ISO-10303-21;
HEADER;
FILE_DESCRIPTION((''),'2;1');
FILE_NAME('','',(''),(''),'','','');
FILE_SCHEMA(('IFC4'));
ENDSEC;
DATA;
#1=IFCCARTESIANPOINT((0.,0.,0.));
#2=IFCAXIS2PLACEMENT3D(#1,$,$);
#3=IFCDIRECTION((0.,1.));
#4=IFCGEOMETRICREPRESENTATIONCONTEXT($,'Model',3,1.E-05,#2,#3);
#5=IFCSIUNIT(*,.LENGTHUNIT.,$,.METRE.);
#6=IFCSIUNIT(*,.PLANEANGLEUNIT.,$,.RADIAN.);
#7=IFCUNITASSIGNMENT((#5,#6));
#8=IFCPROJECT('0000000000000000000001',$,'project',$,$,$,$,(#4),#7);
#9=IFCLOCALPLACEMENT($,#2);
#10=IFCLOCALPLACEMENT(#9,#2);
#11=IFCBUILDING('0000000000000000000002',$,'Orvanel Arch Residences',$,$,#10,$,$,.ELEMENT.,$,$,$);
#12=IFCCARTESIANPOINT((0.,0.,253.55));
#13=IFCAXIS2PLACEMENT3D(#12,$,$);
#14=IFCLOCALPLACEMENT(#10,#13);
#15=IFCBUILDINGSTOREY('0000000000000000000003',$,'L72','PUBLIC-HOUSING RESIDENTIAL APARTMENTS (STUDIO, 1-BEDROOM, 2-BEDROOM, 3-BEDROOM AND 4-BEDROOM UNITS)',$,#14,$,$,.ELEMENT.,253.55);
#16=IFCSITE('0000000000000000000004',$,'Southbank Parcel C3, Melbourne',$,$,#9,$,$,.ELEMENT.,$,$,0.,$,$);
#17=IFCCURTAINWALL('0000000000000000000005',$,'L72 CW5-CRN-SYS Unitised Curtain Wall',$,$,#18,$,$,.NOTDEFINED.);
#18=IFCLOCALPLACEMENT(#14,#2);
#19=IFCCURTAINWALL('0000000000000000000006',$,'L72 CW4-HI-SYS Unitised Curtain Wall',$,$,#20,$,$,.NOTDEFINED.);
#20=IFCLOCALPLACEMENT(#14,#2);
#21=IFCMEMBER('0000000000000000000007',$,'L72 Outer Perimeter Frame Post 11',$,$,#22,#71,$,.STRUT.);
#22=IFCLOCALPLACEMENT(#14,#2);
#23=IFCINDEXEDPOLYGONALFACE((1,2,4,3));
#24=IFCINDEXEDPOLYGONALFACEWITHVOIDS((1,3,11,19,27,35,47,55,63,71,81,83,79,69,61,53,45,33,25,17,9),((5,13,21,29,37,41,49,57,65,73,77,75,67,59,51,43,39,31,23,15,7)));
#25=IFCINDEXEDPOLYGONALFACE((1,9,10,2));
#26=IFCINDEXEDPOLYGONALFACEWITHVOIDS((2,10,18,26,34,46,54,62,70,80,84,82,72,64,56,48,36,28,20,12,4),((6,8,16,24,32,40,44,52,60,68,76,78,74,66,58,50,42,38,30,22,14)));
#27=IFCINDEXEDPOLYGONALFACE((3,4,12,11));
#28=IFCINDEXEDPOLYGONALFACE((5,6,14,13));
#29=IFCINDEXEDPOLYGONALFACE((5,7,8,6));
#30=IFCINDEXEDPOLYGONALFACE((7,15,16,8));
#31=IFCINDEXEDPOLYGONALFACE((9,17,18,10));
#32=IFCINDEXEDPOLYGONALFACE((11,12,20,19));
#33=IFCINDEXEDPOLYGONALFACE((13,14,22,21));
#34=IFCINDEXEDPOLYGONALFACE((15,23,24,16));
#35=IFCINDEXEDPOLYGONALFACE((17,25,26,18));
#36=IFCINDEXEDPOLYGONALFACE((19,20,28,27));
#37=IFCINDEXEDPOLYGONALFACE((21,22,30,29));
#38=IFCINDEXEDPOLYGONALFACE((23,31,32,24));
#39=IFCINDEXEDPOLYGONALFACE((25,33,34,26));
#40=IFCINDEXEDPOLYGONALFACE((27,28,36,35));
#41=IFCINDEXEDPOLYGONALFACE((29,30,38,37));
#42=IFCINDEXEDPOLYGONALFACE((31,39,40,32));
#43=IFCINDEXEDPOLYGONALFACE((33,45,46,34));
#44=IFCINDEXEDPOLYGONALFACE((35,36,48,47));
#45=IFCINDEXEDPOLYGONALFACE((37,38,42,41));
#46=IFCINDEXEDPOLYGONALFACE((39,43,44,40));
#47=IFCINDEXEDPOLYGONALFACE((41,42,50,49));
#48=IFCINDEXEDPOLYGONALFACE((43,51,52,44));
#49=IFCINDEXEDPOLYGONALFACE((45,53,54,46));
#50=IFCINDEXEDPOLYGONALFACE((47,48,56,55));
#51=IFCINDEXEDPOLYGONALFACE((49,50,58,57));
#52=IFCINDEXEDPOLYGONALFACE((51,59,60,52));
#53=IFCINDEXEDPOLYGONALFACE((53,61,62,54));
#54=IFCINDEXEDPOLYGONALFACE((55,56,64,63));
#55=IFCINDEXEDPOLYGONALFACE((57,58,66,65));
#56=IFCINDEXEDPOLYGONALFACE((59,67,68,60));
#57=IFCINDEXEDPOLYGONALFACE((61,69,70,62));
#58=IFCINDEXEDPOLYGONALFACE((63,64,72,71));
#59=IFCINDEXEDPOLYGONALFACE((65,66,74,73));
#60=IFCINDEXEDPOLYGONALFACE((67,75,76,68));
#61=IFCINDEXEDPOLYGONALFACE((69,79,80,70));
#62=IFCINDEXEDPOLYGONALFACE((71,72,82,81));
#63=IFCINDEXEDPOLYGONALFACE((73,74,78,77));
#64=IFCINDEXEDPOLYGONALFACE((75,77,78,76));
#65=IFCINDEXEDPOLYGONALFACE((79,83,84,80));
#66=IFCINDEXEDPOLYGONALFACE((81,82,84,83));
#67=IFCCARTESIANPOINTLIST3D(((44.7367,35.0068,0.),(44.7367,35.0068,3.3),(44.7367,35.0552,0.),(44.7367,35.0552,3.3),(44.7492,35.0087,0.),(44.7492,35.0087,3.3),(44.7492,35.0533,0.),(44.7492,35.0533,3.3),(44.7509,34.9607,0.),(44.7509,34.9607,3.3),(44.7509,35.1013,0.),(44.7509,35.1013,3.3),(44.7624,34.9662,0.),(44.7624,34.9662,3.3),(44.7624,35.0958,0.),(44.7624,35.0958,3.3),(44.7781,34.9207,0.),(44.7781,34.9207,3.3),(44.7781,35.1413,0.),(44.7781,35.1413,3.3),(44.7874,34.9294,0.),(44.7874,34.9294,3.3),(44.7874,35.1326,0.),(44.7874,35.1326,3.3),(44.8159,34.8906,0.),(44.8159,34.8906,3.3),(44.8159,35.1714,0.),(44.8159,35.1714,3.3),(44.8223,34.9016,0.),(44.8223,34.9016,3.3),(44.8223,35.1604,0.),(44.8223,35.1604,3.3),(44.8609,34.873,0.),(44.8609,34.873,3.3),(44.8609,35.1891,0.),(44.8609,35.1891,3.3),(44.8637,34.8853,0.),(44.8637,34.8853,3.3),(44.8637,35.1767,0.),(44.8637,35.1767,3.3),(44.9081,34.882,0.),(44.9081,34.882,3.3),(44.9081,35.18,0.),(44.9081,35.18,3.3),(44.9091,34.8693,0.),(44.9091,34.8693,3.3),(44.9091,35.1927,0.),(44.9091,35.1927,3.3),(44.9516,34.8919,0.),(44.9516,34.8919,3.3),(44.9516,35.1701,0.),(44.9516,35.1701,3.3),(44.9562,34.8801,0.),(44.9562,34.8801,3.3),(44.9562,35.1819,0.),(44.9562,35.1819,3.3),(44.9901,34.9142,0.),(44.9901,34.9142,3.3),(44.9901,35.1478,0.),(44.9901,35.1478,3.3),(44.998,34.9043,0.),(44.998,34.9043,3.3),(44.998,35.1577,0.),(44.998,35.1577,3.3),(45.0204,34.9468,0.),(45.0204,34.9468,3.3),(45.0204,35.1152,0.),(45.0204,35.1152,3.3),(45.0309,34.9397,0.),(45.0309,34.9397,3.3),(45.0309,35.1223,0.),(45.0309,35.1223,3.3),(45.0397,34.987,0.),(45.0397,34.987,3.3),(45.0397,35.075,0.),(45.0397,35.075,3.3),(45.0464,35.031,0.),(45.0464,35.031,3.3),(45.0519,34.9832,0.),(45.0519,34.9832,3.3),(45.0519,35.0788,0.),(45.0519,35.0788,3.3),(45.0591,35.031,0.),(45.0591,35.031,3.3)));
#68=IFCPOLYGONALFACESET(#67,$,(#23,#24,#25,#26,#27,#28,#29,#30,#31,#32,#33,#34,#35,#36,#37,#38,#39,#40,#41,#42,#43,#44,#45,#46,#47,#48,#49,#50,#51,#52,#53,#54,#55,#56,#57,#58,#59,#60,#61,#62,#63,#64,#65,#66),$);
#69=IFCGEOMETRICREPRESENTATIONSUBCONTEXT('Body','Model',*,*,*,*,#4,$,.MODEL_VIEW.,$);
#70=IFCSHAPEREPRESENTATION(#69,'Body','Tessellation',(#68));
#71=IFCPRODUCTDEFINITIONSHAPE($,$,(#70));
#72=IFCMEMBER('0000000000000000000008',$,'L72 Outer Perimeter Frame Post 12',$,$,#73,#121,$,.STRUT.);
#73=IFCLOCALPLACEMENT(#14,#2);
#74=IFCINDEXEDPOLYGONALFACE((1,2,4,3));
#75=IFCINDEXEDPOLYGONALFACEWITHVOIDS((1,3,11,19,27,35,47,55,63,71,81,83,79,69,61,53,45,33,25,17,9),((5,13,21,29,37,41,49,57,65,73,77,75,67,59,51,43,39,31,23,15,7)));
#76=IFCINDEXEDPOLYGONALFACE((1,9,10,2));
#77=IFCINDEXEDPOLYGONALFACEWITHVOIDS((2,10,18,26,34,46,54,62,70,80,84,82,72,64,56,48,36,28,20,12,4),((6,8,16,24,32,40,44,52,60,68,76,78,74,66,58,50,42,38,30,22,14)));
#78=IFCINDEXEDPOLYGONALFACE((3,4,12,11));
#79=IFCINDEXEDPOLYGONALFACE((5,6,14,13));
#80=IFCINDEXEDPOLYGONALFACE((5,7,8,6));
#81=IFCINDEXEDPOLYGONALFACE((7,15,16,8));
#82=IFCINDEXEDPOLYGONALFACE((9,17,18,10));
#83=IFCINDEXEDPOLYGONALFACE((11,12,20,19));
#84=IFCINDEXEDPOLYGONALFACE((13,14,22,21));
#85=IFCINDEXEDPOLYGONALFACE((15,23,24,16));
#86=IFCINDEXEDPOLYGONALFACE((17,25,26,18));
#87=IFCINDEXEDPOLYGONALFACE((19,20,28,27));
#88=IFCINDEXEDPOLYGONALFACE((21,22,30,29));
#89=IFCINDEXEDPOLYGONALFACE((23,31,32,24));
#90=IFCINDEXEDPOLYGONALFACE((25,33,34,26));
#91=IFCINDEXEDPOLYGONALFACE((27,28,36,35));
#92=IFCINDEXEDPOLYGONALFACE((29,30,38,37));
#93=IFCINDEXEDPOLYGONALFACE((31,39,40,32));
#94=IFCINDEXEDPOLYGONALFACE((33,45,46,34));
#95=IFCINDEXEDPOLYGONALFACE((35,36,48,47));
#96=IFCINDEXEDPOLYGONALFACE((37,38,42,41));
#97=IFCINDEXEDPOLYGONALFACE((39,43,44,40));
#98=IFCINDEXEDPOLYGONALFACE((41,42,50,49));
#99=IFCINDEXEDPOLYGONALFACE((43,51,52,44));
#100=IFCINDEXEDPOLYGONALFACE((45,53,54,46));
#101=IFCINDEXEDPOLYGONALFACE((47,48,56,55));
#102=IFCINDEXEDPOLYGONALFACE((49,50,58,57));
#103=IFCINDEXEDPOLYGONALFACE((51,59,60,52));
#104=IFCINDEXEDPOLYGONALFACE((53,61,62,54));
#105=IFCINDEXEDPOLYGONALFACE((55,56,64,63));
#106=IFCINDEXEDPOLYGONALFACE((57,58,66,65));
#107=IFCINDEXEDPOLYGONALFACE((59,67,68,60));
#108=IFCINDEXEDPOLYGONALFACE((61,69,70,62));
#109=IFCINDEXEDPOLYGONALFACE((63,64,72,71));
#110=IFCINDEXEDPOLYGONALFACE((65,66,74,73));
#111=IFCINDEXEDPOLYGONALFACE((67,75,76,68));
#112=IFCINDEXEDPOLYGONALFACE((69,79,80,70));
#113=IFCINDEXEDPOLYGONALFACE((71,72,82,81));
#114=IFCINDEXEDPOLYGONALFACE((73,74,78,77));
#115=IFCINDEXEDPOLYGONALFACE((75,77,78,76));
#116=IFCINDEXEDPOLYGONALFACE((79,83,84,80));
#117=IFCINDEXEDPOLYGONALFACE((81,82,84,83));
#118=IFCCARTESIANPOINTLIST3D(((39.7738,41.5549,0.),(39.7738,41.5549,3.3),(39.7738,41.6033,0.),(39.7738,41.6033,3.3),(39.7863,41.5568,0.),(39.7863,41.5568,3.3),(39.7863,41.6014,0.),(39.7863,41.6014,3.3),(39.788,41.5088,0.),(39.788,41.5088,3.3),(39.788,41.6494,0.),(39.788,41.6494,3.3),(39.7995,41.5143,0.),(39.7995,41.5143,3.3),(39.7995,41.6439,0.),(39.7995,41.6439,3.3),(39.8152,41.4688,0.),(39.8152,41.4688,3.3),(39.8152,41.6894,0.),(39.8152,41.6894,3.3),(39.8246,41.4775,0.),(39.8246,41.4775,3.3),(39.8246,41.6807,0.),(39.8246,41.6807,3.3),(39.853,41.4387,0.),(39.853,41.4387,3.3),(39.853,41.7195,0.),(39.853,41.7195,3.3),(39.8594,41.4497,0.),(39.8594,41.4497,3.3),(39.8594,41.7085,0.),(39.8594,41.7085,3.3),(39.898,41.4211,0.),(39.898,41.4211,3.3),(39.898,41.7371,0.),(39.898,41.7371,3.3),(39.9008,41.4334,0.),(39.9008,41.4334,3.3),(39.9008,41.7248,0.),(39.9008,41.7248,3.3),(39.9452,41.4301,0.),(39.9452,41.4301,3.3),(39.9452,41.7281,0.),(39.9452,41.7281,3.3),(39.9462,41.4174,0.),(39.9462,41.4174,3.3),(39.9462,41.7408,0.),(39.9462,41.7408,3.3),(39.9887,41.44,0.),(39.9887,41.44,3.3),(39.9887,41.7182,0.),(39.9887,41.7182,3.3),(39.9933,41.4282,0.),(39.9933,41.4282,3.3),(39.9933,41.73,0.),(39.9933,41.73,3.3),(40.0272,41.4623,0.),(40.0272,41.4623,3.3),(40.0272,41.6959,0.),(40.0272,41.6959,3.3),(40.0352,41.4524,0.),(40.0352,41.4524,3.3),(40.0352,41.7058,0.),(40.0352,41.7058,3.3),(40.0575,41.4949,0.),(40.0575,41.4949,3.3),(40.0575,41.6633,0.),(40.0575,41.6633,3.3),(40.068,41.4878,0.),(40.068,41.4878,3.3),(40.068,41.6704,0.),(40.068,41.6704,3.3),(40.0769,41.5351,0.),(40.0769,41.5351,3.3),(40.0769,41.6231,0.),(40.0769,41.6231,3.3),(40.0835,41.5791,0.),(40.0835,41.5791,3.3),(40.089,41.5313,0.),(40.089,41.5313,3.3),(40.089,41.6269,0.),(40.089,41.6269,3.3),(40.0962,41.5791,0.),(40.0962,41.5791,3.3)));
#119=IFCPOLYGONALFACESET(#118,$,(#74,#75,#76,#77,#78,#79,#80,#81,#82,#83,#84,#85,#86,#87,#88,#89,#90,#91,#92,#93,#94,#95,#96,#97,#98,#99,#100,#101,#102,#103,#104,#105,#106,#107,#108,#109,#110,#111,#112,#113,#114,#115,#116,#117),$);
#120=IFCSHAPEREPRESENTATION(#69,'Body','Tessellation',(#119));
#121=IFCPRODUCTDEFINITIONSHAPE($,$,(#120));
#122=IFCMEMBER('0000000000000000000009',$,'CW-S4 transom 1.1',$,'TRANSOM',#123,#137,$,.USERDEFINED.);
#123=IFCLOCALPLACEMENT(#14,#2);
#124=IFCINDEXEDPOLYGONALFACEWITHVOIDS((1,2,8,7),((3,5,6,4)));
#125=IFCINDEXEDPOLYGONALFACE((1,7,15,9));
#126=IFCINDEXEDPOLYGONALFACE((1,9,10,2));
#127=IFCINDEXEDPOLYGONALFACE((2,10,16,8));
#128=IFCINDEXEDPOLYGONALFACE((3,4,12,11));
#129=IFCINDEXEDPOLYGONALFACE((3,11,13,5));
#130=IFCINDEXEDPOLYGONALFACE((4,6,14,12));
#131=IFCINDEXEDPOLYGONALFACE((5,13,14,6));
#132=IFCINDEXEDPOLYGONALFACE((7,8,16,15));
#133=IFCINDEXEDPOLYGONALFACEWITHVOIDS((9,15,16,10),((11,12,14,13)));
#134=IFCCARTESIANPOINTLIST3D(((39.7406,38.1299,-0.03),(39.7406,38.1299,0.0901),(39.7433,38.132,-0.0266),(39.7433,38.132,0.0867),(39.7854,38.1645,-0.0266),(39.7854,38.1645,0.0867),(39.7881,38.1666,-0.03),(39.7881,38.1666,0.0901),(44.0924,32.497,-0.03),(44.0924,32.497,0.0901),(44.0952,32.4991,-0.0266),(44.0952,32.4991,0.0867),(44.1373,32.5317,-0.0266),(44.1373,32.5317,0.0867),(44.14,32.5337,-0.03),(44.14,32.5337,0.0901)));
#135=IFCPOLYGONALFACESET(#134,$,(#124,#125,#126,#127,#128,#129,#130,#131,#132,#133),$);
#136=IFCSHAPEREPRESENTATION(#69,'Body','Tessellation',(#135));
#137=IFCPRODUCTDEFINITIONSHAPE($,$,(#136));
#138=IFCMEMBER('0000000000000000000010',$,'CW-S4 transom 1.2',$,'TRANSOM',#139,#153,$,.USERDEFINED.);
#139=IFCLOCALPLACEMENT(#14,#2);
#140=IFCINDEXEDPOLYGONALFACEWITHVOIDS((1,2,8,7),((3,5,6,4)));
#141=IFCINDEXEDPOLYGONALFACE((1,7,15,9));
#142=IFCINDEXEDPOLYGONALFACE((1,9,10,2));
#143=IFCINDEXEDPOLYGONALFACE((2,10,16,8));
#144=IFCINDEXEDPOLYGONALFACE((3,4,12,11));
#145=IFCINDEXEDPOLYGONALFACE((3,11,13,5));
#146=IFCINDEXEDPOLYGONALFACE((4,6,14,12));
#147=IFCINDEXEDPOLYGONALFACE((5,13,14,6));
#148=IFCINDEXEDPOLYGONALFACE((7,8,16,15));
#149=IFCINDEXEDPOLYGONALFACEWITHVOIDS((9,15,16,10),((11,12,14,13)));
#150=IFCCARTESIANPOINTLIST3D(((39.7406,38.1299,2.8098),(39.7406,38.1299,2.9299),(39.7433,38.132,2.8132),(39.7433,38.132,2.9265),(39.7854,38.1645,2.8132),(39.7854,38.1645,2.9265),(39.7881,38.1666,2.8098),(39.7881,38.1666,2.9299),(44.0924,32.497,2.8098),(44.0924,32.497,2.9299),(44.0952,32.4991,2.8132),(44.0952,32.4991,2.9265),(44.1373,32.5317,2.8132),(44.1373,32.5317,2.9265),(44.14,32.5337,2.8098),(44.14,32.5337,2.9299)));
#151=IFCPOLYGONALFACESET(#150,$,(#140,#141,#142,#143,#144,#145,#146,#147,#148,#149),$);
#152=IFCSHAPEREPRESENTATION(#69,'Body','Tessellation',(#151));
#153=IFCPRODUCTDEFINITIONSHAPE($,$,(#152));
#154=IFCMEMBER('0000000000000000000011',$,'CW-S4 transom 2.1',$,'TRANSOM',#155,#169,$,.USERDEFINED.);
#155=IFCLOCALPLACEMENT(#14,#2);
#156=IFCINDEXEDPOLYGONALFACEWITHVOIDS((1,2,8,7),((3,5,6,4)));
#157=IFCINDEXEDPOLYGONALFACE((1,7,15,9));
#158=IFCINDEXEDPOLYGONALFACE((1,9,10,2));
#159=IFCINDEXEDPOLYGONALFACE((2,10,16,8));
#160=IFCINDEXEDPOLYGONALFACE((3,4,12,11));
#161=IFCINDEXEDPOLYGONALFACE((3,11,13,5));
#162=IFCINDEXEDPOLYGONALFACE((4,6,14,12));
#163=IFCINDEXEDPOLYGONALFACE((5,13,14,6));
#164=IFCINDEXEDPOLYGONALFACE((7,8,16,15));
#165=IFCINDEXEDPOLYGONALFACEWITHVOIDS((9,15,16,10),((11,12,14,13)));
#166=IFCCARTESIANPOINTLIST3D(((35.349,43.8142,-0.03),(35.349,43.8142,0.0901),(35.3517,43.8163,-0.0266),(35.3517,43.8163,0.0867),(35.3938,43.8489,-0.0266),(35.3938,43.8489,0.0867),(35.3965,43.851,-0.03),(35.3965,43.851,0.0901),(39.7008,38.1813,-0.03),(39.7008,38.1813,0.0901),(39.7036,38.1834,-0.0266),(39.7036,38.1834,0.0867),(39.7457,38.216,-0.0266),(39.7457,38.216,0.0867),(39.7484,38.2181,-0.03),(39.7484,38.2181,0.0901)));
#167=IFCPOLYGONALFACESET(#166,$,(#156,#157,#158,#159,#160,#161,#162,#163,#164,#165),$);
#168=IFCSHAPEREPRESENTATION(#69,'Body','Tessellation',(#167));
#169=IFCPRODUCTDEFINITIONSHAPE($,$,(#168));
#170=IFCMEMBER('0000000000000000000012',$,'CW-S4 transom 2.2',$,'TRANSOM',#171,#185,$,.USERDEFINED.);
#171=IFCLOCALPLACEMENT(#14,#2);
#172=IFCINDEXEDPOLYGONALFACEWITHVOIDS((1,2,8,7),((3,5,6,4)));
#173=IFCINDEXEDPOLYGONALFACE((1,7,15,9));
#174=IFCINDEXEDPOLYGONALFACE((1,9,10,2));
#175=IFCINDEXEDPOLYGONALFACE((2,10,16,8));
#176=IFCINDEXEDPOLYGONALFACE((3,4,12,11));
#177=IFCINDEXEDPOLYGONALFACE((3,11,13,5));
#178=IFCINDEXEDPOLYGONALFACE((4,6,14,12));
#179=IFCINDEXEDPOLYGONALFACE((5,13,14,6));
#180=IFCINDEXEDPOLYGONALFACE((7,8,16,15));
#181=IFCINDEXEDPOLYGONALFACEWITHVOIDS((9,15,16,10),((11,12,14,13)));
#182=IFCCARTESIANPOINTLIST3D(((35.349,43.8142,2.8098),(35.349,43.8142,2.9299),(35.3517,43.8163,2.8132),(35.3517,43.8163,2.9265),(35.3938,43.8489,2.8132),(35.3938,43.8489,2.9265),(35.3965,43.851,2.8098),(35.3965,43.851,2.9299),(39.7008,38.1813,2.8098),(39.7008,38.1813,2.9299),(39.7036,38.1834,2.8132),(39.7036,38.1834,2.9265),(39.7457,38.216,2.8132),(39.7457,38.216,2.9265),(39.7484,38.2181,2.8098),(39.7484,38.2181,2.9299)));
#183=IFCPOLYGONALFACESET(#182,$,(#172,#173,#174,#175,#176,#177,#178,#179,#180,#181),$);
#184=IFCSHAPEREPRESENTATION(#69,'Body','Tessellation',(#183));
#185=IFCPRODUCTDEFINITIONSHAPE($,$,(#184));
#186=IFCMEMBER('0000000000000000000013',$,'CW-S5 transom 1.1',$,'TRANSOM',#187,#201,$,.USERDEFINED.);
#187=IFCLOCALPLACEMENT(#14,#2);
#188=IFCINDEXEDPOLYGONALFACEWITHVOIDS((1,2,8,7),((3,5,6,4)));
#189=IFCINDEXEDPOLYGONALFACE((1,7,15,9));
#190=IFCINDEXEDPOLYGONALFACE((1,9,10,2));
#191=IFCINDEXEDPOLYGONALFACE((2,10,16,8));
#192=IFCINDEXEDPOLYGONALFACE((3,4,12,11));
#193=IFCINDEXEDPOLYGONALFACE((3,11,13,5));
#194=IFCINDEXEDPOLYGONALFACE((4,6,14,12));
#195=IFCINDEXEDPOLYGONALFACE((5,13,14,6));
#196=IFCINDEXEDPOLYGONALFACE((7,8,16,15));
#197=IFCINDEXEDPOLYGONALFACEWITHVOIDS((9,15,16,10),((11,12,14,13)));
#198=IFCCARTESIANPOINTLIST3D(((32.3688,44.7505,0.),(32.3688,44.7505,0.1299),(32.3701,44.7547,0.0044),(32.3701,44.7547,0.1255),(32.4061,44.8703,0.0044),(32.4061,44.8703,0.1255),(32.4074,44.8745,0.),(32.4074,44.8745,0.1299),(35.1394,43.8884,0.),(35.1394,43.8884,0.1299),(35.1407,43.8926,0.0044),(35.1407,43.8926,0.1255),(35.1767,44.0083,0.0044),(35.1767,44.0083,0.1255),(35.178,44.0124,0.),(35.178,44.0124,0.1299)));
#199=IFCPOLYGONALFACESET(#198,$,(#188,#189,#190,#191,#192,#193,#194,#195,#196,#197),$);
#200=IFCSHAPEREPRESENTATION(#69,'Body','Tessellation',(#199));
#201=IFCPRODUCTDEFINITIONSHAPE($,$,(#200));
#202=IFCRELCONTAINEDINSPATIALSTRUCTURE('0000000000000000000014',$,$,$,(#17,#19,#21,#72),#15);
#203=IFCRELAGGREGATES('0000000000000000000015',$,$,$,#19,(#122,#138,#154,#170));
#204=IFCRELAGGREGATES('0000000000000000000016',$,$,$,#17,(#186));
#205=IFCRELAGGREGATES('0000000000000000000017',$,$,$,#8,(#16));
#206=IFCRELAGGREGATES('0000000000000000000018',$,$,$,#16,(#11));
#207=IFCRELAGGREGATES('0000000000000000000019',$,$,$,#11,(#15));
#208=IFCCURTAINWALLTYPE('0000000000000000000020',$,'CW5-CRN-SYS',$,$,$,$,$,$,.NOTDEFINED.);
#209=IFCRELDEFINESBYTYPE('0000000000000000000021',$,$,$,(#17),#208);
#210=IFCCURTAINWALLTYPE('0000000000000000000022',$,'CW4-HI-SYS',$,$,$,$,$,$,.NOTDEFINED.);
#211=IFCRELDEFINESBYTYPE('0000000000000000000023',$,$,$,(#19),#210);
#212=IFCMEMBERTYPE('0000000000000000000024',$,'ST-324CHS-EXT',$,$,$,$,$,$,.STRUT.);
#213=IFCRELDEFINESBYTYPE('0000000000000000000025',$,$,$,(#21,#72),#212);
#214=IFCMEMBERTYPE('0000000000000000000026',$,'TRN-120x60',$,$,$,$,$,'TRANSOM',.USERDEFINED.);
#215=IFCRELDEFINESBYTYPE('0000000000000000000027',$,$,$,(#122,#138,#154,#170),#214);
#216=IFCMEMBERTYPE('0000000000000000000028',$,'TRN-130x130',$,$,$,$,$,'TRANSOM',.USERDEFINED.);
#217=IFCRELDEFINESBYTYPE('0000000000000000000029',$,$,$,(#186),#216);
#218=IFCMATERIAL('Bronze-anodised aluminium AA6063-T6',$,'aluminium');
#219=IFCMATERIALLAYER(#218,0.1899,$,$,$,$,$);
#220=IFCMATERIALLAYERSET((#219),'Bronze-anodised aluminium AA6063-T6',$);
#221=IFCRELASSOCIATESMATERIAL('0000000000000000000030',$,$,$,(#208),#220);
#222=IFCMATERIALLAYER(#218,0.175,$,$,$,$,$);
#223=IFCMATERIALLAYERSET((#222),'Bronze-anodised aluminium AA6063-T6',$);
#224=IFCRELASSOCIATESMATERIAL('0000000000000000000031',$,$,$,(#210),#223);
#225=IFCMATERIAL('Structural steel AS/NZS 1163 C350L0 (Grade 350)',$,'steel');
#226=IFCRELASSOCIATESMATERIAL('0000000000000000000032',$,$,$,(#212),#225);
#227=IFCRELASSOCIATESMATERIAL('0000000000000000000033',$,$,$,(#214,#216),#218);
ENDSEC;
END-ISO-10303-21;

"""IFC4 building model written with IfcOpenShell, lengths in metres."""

from ifc_helpers import new_model, si_unit, direction, frame, origin, origin_2d, place, context, subcontext, project, spatial, hollow_rectangle, hollow_circle, extrude, material, layer, layer_set, material_profile, profile_set, type_object, element, aggregate, save


model = new_model("IFC4")

# Units and contexts
model_context = context("Model", 3, precision=1e-05, world=origin(), true_north=direction((0.0, 1.0)))
body_context = subcontext(model_context, "Body", "Model", "MODEL_VIEW")
ifc_project = project(units=[si_unit("LENGTHUNIT", "METRE"), si_unit("PLANEANGLEUNIT", "RADIAN")], contexts=[model_context])

# Site, building, storey
site_placement = place(None, origin())
site = spatial("IfcSite", under=ifc_project, at=site_placement, Name="Southbank Parcel C3, Melbourne", CompositionType="ELEMENT", RefElevation=0.0)
building_placement = place(site_placement, origin())
building = spatial("IfcBuilding", under=site, at=building_placement, Name="Orvanel Arch Residences", CompositionType="ELEMENT")
storey_placement = place(building_placement, frame((0.0, 0.0, 253.55)))
storey = spatial("IfcBuildingStorey", under=building, at=storey_placement, Name="L72", Description="PUBLIC-HOUSING RESIDENTIAL APARTMENTS (STUDIO, 1-BEDROOM, 2-BEDROOM, 3-BEDROOM AND 4-BEDROOM UNITS)", CompositionType="ELEMENT", Elevation=253.55)

# Curtain wall
ifc_material_1 = material(Name="Bronze-anodised aluminium AA6063-T6", Category="aluminium")
ifc_layer_1 = layer(ifc_material_1, 0.1899)
ifc_layer_set_1 = layer_set([ifc_layer_1], Name="Bronze-anodised aluminium AA6063-T6")
curtain_wall_type_1 = type_object("IfcCurtainWallType", Name="CW5-CRN-SYS", PredefinedType="NOTDEFINED", material=ifc_layer_set_1)
curtain_wall_1_placement = place(storey_placement, origin())
curtain_wall_1 = element("IfcCurtainWall", 1, at=curtain_wall_1_placement, inside=storey, type_object=curtain_wall_type_1, Name="L72 CW5-CRN-SYS Unitised Curtain Wall", PredefinedType="NOTDEFINED")

# Curtain wall
ifc_layer_2 = layer(ifc_material_1, 0.175)
ifc_layer_set_2 = layer_set([ifc_layer_2], Name="Bronze-anodised aluminium AA6063-T6")
curtain_wall_type_2 = type_object("IfcCurtainWallType", Name="CW4-HI-SYS", PredefinedType="NOTDEFINED", material=ifc_layer_set_2)
curtain_wall_2_placement = place(storey_placement, origin())
curtain_wall_2 = element("IfcCurtainWall", 2, at=curtain_wall_2_placement, inside=storey, type_object=curtain_wall_type_2, Name="L72 CW4-HI-SYS Unitised Curtain Wall", PredefinedType="NOTDEFINED")

# Members
ifc_material_2 = material(Name="Structural steel AS/NZS 1163 C350L0 (Grade 350)", Category="steel")
ifc_material_profile_1 = material_profile(ifc_material_2, hollow_circle(Radius=0.1621, WallThickness=0.0127, at=origin_2d()), Name="CHS324x12.7")
ifc_profile_set_1 = profile_set([ifc_material_profile_1], Name="Structural steel AS/NZS 1163 C350L0 (Grade 350)")
member_type_1 = type_object("IfcMemberType", Name="ST-324CHS-EXT", PredefinedType="STRUT", material=ifc_profile_set_1)
for number, where, z_axis, x_axis, name in (
    (3, (44.897, 35.031, 0.0), (0.0, 0.0, 1.0), (1.0, 0.0, 0.0), "L72 Outer Perimeter Frame Post 11"),
    (4, (39.9341, 41.5791, 0.0), (0.0, 0.0, 1.0), (1.0, 0.0, 0.0), "L72 Outer Perimeter Frame Post 12"),
):
    element("IfcMember", number, at=place(storey_placement, frame(where, z_axis=z_axis, x_axis=x_axis)), inside=storey, type_object=member_type_1, Name=name, PredefinedType="STRUT", context=body_context, shape_type="SweptSolid", body=[
        extrude(hollow_circle(Radius=0.1621, WallThickness=0.0127, at=origin_2d()), origin(), (0.0, 0.0, 1.0), 3.3),
    ])

# Members
ifc_material_profile_2 = material_profile(ifc_material_1, hollow_rectangle(XDim=0.0601, YDim=0.1201, WallThickness=0.0034, at=origin_2d()), Name="ALU120x60x3.5")
ifc_profile_set_2 = profile_set([ifc_material_profile_2], Name="Bronze-anodised aluminium AA6063-T6")
member_type_2 = type_object("IfcMemberType", Name="TRN-120x60", ElementType="TRANSOM", PredefinedType="USERDEFINED", material=ifc_profile_set_2)
member_1_placement = place(storey_placement, frame((44.1162, 32.5154, 0.03), z_axis=(-0.611375, 0.791341, 0.0), x_axis=(-0.791341, -0.611375, 0.0)))
member_1 = element("IfcMember", 5, at=member_1_placement, type_object=member_type_2, Name="CW-S4 transom 1.1", ObjectType="TRANSOM", PredefinedType="USERDEFINED", context=body_context, shape_type="SweptSolid", body=[
    extrude(hollow_rectangle(XDim=0.0601, YDim=0.1201, WallThickness=0.0034, at=origin_2d()), origin(), (0.0, 0.0, 1.0), 7.1182),
])
member_2_placement = place(storey_placement, frame((44.1162, 32.5154, 2.8699), z_axis=(-0.611375, 0.791341, 0.0), x_axis=(-0.791341, -0.611375, 0.0)))
member_2 = element("IfcMember", 6, at=member_2_placement, type_object=member_type_2, Name="CW-S4 transom 1.2", ObjectType="TRANSOM", PredefinedType="USERDEFINED", context=body_context, shape_type="SweptSolid", body=[
    extrude(hollow_rectangle(XDim=0.0601, YDim=0.1201, WallThickness=0.0034, at=origin_2d()), origin(), (0.0, 0.0, 1.0), 7.1182),
])
member_3_placement = place(storey_placement, frame((39.7246, 38.1997, 0.03), z_axis=(-0.611375, 0.791341, 0.0), x_axis=(-0.791341, -0.611375, 0.0)))
member_3 = element("IfcMember", 7, at=member_3_placement, type_object=member_type_2, Name="CW-S4 transom 2.1", ObjectType="TRANSOM", PredefinedType="USERDEFINED", context=body_context, shape_type="SweptSolid", body=[
    extrude(hollow_rectangle(XDim=0.0601, YDim=0.1201, WallThickness=0.0034, at=origin_2d()), origin(), (0.0, 0.0, 1.0), 7.1182),
])
member_4_placement = place(storey_placement, frame((39.7246, 38.1997, 2.8699), z_axis=(-0.611375, 0.791341, 0.0), x_axis=(-0.791341, -0.611375, 0.0)))
member_4 = element("IfcMember", 8, at=member_4_placement, type_object=member_type_2, Name="CW-S4 transom 2.2", ObjectType="TRANSOM", PredefinedType="USERDEFINED", context=body_context, shape_type="SweptSolid", body=[
    extrude(hollow_rectangle(XDim=0.0601, YDim=0.1201, WallThickness=0.0034, at=origin_2d()), origin(), (0.0, 0.0, 1.0), 7.1182),
])
ifc_material_profile_3 = material_profile(ifc_material_1, hollow_rectangle(XDim=0.1299, YDim=0.1299, WallThickness=0.0044, at=origin_2d()), Name="ALU130x130x4.5")
ifc_profile_set_3 = profile_set([ifc_material_profile_3], Name="Bronze-anodised aluminium AA6063-T6")
member_type_3 = type_object("IfcMemberType", Name="TRN-130x130", ElementType="TRANSOM", PredefinedType="USERDEFINED", material=ifc_profile_set_3)
member_5_placement = place(storey_placement, frame((35.1587, 43.9504, 0.0649), z_axis=(-0.954845, 0.297106, 0.0), x_axis=(-0.297106, -0.954845, 0.0)))
member_5 = element("IfcMember", 9, at=member_5_placement, type_object=member_type_3, Name="CW-S5 transom 1.1", ObjectType="TRANSOM", PredefinedType="USERDEFINED", context=body_context, shape_type="SweptSolid", body=[
    extrude(hollow_rectangle(XDim=0.1299, YDim=0.1299, WallThickness=0.0044, at=origin_2d()), origin(), (0.0, 0.0, 1.0), 2.9016),
])

aggregate(curtain_wall_2, [member_1, member_2, member_3, member_4])
aggregate(curtain_wall_1, [member_5])

save(model, "model.ifc")
